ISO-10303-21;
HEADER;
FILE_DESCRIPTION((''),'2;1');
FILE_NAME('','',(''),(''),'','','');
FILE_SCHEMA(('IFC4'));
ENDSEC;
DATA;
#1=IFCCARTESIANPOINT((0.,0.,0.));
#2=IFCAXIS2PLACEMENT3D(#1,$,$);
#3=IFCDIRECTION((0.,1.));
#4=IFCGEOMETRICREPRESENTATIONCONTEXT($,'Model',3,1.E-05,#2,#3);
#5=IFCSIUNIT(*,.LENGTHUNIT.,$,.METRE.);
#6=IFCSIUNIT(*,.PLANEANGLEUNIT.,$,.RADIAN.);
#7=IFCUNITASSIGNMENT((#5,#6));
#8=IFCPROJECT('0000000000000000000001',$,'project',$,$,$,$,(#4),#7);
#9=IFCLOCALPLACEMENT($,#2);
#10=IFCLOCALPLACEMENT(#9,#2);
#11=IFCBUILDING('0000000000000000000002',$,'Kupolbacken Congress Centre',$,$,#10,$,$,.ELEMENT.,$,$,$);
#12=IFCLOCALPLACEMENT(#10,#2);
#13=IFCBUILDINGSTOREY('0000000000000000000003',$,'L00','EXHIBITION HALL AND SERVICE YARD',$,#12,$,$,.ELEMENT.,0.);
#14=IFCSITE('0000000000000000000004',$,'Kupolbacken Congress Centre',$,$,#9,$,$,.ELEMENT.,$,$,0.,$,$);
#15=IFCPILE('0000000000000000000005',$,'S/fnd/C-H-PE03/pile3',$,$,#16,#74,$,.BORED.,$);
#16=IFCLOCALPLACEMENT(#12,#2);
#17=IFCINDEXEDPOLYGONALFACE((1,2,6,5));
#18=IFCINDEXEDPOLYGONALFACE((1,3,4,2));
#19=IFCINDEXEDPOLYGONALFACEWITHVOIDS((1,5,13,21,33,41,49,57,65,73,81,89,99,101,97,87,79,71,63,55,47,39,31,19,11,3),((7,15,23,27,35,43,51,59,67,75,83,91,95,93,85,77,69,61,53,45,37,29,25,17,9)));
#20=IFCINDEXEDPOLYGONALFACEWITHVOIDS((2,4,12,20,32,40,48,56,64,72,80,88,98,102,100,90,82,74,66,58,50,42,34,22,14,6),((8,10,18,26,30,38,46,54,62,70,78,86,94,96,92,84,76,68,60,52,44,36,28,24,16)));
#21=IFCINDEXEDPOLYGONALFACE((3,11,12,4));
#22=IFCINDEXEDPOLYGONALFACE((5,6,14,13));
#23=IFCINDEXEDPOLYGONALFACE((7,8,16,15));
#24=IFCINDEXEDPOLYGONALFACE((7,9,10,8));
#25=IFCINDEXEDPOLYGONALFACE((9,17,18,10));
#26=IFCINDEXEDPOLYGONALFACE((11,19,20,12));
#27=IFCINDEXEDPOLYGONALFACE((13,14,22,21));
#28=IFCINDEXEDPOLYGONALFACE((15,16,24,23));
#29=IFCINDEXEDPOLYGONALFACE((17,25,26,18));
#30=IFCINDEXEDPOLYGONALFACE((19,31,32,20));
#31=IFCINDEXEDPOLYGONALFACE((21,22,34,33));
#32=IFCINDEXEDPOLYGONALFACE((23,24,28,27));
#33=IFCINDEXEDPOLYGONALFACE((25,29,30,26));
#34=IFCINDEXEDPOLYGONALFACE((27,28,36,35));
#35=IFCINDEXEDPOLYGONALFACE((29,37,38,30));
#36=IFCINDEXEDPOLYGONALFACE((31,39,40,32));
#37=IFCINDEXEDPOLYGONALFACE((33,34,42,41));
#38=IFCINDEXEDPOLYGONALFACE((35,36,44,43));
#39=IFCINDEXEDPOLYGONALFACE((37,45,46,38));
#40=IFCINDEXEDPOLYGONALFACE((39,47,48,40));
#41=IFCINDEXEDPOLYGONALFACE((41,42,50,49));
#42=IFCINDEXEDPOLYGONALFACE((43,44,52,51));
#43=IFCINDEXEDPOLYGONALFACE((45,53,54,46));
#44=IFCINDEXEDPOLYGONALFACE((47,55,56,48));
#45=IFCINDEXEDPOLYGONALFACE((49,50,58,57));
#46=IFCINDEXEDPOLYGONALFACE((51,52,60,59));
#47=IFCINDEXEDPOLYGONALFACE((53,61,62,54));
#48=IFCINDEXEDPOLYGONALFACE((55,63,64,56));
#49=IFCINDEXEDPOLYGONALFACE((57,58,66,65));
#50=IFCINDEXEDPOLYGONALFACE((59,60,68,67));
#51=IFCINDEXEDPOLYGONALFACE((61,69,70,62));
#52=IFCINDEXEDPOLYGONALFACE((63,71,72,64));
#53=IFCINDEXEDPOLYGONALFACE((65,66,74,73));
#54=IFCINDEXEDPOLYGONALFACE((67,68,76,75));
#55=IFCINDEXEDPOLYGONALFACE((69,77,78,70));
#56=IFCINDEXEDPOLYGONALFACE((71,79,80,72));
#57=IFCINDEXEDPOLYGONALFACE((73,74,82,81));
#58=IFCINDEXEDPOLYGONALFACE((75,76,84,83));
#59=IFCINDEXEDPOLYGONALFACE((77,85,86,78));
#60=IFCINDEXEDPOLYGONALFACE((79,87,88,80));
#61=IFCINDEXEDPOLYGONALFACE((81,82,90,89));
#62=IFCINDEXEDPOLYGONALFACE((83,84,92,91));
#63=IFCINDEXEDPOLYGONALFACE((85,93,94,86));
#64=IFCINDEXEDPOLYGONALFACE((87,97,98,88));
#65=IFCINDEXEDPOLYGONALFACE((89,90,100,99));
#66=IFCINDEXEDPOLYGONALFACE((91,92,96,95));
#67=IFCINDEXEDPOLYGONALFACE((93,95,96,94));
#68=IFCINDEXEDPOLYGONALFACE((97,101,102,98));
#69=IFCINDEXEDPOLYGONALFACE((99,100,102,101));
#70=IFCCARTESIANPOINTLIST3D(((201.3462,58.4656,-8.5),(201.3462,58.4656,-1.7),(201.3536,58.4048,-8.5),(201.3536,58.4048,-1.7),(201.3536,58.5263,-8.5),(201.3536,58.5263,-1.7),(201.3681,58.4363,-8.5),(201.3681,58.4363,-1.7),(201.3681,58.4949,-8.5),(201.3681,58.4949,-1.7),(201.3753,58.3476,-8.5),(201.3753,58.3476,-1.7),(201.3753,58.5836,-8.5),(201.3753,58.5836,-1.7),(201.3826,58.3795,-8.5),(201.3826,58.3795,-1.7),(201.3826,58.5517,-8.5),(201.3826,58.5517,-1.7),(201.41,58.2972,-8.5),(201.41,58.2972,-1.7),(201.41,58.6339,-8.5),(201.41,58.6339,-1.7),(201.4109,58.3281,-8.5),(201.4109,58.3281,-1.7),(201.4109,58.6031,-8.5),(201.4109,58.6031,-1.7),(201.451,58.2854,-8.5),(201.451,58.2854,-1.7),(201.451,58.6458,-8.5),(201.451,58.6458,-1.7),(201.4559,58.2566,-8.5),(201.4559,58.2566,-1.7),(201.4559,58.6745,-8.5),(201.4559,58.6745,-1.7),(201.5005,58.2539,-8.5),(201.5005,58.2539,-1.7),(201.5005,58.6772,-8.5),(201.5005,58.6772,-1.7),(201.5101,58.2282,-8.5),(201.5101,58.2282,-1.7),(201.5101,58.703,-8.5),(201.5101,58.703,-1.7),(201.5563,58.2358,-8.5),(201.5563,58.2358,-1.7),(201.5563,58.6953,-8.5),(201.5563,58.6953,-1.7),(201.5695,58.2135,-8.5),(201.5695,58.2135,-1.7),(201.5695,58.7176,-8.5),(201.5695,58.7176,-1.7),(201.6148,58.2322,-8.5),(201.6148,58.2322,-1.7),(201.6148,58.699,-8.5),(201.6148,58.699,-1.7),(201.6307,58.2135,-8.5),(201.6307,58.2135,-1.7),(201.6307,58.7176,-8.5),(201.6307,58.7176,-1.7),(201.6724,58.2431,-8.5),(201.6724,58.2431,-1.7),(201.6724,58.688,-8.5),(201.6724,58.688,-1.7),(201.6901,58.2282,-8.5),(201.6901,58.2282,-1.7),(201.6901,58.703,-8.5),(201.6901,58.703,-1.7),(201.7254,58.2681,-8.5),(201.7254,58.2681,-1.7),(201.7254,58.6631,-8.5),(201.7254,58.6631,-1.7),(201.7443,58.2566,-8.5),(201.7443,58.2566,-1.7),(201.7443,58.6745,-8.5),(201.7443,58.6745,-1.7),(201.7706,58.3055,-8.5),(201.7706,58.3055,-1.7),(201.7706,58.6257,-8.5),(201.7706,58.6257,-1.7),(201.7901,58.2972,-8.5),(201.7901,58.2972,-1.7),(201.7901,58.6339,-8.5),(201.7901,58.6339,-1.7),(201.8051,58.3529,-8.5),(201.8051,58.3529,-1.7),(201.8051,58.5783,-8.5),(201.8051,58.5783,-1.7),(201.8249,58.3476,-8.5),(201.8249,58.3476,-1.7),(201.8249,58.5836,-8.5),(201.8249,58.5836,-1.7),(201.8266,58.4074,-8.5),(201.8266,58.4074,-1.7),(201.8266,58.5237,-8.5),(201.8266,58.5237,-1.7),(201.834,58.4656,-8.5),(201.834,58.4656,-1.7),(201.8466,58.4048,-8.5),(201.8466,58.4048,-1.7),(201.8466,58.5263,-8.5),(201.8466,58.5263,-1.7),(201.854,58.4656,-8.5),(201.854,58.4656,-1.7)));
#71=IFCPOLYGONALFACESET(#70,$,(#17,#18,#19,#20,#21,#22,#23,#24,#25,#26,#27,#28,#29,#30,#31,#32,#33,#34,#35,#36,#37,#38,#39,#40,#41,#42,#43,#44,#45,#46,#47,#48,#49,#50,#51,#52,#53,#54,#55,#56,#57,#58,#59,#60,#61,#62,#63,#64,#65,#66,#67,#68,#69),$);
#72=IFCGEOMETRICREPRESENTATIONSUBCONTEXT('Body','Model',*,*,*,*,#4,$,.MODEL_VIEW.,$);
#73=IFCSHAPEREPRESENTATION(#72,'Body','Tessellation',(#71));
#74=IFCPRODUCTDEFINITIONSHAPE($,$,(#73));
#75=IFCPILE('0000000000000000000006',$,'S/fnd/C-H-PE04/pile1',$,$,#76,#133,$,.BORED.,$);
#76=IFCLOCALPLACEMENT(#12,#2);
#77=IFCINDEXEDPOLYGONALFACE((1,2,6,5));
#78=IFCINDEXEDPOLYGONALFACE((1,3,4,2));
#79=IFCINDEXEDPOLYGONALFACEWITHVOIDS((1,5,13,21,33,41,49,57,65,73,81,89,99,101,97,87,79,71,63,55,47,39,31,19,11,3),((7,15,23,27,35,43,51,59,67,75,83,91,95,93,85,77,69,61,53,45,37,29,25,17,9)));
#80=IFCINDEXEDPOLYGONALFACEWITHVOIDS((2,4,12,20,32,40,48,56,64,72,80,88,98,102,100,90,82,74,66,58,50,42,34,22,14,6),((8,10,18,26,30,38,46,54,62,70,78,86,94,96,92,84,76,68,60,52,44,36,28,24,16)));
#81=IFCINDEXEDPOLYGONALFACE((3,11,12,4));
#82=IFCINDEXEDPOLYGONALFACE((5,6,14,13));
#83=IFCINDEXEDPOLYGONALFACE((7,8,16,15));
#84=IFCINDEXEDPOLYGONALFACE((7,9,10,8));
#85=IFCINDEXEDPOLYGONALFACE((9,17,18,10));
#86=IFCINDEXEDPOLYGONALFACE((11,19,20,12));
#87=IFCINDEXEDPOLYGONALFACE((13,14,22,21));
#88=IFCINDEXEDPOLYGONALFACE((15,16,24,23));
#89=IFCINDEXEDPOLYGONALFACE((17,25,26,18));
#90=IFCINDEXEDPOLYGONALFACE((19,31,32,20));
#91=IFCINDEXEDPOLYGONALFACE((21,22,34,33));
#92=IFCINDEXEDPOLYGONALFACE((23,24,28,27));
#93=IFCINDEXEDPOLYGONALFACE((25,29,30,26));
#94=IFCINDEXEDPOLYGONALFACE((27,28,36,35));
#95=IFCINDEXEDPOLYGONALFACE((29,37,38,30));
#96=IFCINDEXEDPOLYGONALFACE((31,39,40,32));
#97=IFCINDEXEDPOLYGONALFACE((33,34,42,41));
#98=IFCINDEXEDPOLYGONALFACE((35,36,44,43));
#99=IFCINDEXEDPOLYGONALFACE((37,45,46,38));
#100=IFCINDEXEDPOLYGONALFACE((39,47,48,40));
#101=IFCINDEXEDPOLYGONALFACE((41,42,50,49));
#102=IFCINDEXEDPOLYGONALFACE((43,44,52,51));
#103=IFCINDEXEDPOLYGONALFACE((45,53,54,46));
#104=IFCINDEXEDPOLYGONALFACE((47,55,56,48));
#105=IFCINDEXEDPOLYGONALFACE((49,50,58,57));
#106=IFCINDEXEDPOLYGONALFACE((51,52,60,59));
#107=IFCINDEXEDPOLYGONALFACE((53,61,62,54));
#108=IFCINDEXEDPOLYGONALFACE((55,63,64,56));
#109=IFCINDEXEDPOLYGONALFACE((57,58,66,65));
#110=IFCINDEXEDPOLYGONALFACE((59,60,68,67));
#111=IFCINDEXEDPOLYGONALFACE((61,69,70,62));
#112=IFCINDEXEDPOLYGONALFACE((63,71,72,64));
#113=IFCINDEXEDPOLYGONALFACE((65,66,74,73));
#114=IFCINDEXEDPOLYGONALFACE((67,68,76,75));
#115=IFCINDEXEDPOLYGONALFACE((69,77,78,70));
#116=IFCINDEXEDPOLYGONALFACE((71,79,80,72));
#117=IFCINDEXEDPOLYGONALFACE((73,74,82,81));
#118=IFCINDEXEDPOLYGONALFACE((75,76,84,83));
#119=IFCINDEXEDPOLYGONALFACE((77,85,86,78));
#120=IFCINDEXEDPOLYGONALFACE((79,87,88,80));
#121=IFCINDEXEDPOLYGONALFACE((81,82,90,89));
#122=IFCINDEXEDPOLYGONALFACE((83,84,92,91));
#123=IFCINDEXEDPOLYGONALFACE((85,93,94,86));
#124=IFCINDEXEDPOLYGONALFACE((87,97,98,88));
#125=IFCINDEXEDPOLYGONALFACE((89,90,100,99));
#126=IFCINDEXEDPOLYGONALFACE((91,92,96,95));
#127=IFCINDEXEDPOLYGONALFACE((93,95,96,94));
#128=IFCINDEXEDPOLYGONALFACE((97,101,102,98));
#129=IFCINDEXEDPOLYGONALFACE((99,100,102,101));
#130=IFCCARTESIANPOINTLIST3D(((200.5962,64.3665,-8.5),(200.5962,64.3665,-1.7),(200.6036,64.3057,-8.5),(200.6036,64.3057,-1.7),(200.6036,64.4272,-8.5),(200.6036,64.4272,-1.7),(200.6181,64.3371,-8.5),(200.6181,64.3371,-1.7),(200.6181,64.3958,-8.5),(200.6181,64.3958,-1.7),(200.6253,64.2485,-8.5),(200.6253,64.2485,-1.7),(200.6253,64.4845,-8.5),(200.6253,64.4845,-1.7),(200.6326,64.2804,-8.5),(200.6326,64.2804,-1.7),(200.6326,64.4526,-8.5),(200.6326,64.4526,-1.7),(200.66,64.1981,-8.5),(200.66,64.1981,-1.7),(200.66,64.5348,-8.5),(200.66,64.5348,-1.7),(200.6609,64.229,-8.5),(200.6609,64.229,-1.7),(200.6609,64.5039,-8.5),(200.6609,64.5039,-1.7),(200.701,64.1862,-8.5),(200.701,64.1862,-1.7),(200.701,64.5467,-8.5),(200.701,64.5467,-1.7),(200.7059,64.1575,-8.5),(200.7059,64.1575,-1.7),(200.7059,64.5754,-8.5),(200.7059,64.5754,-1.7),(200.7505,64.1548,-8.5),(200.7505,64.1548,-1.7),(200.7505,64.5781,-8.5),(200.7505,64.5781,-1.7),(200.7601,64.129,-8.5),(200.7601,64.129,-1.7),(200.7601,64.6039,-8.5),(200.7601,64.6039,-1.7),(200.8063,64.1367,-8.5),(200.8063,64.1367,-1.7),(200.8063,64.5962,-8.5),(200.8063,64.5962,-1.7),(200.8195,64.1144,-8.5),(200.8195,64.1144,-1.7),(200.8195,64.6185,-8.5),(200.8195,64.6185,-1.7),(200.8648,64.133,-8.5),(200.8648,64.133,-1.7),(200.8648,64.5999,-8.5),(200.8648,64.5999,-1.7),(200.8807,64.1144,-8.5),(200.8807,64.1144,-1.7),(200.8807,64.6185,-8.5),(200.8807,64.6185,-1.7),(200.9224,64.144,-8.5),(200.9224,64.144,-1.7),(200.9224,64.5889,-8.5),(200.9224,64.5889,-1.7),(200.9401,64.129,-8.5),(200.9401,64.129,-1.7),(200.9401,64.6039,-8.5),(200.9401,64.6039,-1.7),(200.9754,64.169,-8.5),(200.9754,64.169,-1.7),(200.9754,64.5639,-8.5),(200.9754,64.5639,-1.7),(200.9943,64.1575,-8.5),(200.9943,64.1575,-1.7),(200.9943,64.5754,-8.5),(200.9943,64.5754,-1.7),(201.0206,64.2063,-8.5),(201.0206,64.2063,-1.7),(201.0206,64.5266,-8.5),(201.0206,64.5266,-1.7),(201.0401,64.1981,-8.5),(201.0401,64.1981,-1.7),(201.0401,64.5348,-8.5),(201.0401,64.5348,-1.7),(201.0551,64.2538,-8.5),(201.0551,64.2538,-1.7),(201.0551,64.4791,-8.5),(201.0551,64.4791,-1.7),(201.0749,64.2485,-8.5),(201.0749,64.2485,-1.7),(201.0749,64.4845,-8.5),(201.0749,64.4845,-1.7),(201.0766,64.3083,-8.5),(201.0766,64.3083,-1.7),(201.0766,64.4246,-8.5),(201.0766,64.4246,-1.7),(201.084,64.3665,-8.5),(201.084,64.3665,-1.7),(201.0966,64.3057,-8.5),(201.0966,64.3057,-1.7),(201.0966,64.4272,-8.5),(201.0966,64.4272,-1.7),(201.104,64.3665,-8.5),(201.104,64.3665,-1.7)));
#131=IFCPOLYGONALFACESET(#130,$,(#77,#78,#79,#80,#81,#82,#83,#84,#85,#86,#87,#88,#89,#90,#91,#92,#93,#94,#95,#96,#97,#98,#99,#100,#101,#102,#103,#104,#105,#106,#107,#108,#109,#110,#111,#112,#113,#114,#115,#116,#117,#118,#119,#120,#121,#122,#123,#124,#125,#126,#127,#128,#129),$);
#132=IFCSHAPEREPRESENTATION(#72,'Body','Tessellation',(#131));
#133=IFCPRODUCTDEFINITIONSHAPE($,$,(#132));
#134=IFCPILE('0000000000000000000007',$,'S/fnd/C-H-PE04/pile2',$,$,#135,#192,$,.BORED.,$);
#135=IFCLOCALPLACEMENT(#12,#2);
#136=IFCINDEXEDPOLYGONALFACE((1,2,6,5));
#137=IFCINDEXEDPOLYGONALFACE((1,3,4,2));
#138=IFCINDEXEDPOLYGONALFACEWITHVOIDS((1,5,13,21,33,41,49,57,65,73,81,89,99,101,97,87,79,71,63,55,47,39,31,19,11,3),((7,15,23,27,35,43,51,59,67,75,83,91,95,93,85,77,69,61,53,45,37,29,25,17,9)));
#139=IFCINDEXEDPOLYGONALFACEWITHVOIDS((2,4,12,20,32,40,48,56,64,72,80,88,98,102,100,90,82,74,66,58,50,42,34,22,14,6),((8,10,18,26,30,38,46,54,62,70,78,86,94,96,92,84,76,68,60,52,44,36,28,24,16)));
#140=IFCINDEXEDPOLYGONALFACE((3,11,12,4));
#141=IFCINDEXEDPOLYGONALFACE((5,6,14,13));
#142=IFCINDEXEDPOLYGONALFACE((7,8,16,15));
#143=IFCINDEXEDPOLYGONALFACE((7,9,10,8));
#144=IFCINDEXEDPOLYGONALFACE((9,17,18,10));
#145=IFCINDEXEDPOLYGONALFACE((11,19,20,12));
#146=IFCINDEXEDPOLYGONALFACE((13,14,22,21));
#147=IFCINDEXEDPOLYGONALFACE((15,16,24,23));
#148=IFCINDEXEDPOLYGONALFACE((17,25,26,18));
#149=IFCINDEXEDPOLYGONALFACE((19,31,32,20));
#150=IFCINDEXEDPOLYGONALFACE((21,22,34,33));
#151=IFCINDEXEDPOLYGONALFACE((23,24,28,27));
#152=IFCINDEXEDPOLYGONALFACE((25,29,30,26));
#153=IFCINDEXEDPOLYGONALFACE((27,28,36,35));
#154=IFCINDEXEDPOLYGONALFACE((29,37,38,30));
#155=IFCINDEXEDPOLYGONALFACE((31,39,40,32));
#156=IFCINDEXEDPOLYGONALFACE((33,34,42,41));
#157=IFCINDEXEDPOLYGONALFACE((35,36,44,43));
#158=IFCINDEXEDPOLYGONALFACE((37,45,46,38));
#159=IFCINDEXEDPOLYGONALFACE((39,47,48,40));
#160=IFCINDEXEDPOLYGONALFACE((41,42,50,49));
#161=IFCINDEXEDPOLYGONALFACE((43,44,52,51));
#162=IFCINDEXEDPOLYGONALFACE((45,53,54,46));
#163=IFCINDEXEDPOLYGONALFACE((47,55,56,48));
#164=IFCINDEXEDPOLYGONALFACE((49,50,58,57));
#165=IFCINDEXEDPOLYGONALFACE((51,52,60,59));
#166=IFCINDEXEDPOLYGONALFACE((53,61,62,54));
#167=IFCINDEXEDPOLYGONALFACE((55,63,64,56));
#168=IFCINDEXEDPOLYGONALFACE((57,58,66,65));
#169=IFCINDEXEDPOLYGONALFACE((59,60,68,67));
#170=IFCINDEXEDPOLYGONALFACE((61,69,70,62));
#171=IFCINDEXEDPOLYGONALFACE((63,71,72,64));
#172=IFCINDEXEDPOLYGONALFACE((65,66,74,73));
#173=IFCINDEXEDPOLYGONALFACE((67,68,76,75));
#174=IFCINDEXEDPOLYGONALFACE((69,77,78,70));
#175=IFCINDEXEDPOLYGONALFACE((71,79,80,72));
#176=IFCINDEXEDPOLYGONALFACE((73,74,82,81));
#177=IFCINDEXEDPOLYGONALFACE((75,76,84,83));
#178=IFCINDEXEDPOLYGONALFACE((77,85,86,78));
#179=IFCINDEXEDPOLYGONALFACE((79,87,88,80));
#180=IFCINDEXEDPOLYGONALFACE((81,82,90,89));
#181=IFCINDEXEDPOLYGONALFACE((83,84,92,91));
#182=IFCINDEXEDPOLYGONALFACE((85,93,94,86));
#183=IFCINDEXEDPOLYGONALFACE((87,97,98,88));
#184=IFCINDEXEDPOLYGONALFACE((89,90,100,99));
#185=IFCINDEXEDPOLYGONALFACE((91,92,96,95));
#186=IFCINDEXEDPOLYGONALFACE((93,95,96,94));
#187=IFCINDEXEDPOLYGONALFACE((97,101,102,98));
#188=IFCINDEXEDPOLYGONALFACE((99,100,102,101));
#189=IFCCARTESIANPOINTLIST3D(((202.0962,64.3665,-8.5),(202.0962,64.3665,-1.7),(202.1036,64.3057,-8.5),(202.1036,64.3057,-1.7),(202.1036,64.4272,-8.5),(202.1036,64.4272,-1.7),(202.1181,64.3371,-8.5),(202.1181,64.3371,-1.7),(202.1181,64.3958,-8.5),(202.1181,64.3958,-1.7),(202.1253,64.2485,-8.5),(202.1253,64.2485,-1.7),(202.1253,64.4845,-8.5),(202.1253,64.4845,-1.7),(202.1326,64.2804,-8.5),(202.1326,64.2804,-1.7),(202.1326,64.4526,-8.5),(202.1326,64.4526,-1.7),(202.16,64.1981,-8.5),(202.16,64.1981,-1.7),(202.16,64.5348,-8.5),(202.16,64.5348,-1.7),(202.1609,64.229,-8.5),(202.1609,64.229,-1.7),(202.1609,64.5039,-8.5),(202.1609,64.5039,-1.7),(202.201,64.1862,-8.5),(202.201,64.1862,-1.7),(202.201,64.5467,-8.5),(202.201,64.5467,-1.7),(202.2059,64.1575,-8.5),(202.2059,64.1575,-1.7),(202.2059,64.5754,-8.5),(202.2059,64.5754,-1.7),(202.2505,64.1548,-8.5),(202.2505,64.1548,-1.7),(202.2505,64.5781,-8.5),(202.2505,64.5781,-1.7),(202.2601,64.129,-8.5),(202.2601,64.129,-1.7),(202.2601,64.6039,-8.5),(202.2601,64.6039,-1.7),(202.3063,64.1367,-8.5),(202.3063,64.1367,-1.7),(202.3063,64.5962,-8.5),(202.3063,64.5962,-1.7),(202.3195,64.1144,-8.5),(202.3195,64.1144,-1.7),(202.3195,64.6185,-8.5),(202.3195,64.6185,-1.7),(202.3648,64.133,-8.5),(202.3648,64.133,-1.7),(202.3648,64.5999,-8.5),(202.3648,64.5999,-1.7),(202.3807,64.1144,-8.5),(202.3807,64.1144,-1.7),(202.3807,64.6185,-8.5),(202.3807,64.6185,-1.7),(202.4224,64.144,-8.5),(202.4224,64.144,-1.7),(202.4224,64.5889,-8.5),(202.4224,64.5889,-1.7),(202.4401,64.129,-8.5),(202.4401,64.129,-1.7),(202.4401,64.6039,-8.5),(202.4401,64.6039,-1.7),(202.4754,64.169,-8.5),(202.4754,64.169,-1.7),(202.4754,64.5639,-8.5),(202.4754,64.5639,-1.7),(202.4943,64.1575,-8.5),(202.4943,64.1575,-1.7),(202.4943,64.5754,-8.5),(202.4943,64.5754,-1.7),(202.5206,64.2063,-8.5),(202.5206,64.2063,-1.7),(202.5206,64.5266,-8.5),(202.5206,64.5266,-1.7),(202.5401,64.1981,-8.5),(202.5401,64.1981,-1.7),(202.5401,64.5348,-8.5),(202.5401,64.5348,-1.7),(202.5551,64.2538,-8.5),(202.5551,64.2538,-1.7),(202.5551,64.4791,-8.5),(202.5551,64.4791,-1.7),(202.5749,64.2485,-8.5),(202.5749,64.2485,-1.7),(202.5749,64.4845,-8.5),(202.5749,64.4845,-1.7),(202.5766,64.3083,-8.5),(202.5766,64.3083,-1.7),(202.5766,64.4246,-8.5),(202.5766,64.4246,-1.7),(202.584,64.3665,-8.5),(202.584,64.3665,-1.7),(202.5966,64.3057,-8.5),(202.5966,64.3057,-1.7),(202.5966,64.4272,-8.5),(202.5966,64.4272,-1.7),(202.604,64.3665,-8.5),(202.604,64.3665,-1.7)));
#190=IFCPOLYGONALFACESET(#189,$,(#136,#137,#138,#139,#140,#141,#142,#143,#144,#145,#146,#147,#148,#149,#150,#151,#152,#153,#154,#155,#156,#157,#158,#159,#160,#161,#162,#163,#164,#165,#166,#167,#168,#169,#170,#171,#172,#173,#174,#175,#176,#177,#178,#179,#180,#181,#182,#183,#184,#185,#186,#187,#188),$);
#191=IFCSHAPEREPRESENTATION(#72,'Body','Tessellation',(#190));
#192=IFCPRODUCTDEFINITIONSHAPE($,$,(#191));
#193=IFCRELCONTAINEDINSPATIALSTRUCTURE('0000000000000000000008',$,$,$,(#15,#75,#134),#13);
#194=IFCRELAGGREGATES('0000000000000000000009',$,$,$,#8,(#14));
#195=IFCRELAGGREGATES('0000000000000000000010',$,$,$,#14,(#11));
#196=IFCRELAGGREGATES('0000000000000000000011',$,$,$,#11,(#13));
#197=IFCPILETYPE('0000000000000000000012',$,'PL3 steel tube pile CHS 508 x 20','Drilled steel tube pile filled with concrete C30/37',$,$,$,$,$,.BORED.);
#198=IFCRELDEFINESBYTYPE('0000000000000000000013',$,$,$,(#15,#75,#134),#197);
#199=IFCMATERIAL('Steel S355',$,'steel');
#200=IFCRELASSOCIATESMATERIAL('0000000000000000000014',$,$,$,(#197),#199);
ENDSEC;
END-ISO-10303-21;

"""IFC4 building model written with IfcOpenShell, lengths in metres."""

from ifc_helpers import new_model, si_unit, direction, frame, origin, origin_2d, place, context, subcontext, project, spatial, hollow_circle, extrude, material, material_profile, profile_set, type_object, element, save


model = new_model("IFC4")

# Units and contexts
model_context = context("Model", 3, precision=1e-05, world=origin(), true_north=direction((0.0, 1.0)))
body_context = subcontext(model_context, "Body", "Model", "MODEL_VIEW")
ifc_project = project(units=[si_unit("LENGTHUNIT", "METRE"), si_unit("PLANEANGLEUNIT", "RADIAN")], contexts=[model_context])

# Site, building, storey
site_placement = place(None, origin())
site = spatial("IfcSite", under=ifc_project, at=site_placement, Name="Kupolbacken Congress Centre", CompositionType="ELEMENT", RefElevation=0.0)
building_placement = place(site_placement, origin())
building = spatial("IfcBuilding", under=site, at=building_placement, Name="Kupolbacken Congress Centre", CompositionType="ELEMENT")
storey_placement = place(building_placement, origin())
storey = spatial("IfcBuildingStorey", under=building, at=storey_placement, Name="L00", Description="EXHIBITION HALL AND SERVICE YARD", CompositionType="ELEMENT", Elevation=0.0)

# Piles
ifc_material_1 = material(Name="Steel S355", Category="steel")
ifc_material_profile_1 = material_profile(ifc_material_1, hollow_circle(Radius=0.2539, WallThickness=0.02, at=origin_2d()), Name="CHS 508 x 20")
ifc_profile_set_1 = profile_set([ifc_material_profile_1], Name="Steel S355")
pile_type_1 = type_object("IfcPileType", Name="PL3 steel tube pile CHS 508 x 20", Description="Drilled steel tube pile filled with concrete C30/37", PredefinedType="BORED", material=ifc_profile_set_1)
for number, where, z_axis, x_axis, name in (
    (1, (201.6001, 58.4656, -1.7), (0.0, 0.0, -1.0), (1.0, 0.0, 0.0), "S/fnd/C-H-PE03/pile3"),
    (2, (200.8501, 64.3665, -1.7), (0.0, 0.0, -1.0), (1.0, 0.0, 0.0), "S/fnd/C-H-PE04/pile1"),
    (3, (202.3501, 64.3665, -1.7), (0.0, 0.0, -1.0), (1.0, 0.0, 0.0), "S/fnd/C-H-PE04/pile2"),
):
    element("IfcPile", number, at=place(storey_placement, frame(where, z_axis=z_axis, x_axis=x_axis)), inside=storey, type_object=pile_type_1, Name=name, PredefinedType="BORED", context=body_context, shape_type="SweptSolid", body=[
        extrude(hollow_circle(Radius=0.2539, WallThickness=0.02, at=origin_2d()), origin(), (0.0, 0.0, 1.0), 6.8),
    ])

save(model, "model.ifc")
